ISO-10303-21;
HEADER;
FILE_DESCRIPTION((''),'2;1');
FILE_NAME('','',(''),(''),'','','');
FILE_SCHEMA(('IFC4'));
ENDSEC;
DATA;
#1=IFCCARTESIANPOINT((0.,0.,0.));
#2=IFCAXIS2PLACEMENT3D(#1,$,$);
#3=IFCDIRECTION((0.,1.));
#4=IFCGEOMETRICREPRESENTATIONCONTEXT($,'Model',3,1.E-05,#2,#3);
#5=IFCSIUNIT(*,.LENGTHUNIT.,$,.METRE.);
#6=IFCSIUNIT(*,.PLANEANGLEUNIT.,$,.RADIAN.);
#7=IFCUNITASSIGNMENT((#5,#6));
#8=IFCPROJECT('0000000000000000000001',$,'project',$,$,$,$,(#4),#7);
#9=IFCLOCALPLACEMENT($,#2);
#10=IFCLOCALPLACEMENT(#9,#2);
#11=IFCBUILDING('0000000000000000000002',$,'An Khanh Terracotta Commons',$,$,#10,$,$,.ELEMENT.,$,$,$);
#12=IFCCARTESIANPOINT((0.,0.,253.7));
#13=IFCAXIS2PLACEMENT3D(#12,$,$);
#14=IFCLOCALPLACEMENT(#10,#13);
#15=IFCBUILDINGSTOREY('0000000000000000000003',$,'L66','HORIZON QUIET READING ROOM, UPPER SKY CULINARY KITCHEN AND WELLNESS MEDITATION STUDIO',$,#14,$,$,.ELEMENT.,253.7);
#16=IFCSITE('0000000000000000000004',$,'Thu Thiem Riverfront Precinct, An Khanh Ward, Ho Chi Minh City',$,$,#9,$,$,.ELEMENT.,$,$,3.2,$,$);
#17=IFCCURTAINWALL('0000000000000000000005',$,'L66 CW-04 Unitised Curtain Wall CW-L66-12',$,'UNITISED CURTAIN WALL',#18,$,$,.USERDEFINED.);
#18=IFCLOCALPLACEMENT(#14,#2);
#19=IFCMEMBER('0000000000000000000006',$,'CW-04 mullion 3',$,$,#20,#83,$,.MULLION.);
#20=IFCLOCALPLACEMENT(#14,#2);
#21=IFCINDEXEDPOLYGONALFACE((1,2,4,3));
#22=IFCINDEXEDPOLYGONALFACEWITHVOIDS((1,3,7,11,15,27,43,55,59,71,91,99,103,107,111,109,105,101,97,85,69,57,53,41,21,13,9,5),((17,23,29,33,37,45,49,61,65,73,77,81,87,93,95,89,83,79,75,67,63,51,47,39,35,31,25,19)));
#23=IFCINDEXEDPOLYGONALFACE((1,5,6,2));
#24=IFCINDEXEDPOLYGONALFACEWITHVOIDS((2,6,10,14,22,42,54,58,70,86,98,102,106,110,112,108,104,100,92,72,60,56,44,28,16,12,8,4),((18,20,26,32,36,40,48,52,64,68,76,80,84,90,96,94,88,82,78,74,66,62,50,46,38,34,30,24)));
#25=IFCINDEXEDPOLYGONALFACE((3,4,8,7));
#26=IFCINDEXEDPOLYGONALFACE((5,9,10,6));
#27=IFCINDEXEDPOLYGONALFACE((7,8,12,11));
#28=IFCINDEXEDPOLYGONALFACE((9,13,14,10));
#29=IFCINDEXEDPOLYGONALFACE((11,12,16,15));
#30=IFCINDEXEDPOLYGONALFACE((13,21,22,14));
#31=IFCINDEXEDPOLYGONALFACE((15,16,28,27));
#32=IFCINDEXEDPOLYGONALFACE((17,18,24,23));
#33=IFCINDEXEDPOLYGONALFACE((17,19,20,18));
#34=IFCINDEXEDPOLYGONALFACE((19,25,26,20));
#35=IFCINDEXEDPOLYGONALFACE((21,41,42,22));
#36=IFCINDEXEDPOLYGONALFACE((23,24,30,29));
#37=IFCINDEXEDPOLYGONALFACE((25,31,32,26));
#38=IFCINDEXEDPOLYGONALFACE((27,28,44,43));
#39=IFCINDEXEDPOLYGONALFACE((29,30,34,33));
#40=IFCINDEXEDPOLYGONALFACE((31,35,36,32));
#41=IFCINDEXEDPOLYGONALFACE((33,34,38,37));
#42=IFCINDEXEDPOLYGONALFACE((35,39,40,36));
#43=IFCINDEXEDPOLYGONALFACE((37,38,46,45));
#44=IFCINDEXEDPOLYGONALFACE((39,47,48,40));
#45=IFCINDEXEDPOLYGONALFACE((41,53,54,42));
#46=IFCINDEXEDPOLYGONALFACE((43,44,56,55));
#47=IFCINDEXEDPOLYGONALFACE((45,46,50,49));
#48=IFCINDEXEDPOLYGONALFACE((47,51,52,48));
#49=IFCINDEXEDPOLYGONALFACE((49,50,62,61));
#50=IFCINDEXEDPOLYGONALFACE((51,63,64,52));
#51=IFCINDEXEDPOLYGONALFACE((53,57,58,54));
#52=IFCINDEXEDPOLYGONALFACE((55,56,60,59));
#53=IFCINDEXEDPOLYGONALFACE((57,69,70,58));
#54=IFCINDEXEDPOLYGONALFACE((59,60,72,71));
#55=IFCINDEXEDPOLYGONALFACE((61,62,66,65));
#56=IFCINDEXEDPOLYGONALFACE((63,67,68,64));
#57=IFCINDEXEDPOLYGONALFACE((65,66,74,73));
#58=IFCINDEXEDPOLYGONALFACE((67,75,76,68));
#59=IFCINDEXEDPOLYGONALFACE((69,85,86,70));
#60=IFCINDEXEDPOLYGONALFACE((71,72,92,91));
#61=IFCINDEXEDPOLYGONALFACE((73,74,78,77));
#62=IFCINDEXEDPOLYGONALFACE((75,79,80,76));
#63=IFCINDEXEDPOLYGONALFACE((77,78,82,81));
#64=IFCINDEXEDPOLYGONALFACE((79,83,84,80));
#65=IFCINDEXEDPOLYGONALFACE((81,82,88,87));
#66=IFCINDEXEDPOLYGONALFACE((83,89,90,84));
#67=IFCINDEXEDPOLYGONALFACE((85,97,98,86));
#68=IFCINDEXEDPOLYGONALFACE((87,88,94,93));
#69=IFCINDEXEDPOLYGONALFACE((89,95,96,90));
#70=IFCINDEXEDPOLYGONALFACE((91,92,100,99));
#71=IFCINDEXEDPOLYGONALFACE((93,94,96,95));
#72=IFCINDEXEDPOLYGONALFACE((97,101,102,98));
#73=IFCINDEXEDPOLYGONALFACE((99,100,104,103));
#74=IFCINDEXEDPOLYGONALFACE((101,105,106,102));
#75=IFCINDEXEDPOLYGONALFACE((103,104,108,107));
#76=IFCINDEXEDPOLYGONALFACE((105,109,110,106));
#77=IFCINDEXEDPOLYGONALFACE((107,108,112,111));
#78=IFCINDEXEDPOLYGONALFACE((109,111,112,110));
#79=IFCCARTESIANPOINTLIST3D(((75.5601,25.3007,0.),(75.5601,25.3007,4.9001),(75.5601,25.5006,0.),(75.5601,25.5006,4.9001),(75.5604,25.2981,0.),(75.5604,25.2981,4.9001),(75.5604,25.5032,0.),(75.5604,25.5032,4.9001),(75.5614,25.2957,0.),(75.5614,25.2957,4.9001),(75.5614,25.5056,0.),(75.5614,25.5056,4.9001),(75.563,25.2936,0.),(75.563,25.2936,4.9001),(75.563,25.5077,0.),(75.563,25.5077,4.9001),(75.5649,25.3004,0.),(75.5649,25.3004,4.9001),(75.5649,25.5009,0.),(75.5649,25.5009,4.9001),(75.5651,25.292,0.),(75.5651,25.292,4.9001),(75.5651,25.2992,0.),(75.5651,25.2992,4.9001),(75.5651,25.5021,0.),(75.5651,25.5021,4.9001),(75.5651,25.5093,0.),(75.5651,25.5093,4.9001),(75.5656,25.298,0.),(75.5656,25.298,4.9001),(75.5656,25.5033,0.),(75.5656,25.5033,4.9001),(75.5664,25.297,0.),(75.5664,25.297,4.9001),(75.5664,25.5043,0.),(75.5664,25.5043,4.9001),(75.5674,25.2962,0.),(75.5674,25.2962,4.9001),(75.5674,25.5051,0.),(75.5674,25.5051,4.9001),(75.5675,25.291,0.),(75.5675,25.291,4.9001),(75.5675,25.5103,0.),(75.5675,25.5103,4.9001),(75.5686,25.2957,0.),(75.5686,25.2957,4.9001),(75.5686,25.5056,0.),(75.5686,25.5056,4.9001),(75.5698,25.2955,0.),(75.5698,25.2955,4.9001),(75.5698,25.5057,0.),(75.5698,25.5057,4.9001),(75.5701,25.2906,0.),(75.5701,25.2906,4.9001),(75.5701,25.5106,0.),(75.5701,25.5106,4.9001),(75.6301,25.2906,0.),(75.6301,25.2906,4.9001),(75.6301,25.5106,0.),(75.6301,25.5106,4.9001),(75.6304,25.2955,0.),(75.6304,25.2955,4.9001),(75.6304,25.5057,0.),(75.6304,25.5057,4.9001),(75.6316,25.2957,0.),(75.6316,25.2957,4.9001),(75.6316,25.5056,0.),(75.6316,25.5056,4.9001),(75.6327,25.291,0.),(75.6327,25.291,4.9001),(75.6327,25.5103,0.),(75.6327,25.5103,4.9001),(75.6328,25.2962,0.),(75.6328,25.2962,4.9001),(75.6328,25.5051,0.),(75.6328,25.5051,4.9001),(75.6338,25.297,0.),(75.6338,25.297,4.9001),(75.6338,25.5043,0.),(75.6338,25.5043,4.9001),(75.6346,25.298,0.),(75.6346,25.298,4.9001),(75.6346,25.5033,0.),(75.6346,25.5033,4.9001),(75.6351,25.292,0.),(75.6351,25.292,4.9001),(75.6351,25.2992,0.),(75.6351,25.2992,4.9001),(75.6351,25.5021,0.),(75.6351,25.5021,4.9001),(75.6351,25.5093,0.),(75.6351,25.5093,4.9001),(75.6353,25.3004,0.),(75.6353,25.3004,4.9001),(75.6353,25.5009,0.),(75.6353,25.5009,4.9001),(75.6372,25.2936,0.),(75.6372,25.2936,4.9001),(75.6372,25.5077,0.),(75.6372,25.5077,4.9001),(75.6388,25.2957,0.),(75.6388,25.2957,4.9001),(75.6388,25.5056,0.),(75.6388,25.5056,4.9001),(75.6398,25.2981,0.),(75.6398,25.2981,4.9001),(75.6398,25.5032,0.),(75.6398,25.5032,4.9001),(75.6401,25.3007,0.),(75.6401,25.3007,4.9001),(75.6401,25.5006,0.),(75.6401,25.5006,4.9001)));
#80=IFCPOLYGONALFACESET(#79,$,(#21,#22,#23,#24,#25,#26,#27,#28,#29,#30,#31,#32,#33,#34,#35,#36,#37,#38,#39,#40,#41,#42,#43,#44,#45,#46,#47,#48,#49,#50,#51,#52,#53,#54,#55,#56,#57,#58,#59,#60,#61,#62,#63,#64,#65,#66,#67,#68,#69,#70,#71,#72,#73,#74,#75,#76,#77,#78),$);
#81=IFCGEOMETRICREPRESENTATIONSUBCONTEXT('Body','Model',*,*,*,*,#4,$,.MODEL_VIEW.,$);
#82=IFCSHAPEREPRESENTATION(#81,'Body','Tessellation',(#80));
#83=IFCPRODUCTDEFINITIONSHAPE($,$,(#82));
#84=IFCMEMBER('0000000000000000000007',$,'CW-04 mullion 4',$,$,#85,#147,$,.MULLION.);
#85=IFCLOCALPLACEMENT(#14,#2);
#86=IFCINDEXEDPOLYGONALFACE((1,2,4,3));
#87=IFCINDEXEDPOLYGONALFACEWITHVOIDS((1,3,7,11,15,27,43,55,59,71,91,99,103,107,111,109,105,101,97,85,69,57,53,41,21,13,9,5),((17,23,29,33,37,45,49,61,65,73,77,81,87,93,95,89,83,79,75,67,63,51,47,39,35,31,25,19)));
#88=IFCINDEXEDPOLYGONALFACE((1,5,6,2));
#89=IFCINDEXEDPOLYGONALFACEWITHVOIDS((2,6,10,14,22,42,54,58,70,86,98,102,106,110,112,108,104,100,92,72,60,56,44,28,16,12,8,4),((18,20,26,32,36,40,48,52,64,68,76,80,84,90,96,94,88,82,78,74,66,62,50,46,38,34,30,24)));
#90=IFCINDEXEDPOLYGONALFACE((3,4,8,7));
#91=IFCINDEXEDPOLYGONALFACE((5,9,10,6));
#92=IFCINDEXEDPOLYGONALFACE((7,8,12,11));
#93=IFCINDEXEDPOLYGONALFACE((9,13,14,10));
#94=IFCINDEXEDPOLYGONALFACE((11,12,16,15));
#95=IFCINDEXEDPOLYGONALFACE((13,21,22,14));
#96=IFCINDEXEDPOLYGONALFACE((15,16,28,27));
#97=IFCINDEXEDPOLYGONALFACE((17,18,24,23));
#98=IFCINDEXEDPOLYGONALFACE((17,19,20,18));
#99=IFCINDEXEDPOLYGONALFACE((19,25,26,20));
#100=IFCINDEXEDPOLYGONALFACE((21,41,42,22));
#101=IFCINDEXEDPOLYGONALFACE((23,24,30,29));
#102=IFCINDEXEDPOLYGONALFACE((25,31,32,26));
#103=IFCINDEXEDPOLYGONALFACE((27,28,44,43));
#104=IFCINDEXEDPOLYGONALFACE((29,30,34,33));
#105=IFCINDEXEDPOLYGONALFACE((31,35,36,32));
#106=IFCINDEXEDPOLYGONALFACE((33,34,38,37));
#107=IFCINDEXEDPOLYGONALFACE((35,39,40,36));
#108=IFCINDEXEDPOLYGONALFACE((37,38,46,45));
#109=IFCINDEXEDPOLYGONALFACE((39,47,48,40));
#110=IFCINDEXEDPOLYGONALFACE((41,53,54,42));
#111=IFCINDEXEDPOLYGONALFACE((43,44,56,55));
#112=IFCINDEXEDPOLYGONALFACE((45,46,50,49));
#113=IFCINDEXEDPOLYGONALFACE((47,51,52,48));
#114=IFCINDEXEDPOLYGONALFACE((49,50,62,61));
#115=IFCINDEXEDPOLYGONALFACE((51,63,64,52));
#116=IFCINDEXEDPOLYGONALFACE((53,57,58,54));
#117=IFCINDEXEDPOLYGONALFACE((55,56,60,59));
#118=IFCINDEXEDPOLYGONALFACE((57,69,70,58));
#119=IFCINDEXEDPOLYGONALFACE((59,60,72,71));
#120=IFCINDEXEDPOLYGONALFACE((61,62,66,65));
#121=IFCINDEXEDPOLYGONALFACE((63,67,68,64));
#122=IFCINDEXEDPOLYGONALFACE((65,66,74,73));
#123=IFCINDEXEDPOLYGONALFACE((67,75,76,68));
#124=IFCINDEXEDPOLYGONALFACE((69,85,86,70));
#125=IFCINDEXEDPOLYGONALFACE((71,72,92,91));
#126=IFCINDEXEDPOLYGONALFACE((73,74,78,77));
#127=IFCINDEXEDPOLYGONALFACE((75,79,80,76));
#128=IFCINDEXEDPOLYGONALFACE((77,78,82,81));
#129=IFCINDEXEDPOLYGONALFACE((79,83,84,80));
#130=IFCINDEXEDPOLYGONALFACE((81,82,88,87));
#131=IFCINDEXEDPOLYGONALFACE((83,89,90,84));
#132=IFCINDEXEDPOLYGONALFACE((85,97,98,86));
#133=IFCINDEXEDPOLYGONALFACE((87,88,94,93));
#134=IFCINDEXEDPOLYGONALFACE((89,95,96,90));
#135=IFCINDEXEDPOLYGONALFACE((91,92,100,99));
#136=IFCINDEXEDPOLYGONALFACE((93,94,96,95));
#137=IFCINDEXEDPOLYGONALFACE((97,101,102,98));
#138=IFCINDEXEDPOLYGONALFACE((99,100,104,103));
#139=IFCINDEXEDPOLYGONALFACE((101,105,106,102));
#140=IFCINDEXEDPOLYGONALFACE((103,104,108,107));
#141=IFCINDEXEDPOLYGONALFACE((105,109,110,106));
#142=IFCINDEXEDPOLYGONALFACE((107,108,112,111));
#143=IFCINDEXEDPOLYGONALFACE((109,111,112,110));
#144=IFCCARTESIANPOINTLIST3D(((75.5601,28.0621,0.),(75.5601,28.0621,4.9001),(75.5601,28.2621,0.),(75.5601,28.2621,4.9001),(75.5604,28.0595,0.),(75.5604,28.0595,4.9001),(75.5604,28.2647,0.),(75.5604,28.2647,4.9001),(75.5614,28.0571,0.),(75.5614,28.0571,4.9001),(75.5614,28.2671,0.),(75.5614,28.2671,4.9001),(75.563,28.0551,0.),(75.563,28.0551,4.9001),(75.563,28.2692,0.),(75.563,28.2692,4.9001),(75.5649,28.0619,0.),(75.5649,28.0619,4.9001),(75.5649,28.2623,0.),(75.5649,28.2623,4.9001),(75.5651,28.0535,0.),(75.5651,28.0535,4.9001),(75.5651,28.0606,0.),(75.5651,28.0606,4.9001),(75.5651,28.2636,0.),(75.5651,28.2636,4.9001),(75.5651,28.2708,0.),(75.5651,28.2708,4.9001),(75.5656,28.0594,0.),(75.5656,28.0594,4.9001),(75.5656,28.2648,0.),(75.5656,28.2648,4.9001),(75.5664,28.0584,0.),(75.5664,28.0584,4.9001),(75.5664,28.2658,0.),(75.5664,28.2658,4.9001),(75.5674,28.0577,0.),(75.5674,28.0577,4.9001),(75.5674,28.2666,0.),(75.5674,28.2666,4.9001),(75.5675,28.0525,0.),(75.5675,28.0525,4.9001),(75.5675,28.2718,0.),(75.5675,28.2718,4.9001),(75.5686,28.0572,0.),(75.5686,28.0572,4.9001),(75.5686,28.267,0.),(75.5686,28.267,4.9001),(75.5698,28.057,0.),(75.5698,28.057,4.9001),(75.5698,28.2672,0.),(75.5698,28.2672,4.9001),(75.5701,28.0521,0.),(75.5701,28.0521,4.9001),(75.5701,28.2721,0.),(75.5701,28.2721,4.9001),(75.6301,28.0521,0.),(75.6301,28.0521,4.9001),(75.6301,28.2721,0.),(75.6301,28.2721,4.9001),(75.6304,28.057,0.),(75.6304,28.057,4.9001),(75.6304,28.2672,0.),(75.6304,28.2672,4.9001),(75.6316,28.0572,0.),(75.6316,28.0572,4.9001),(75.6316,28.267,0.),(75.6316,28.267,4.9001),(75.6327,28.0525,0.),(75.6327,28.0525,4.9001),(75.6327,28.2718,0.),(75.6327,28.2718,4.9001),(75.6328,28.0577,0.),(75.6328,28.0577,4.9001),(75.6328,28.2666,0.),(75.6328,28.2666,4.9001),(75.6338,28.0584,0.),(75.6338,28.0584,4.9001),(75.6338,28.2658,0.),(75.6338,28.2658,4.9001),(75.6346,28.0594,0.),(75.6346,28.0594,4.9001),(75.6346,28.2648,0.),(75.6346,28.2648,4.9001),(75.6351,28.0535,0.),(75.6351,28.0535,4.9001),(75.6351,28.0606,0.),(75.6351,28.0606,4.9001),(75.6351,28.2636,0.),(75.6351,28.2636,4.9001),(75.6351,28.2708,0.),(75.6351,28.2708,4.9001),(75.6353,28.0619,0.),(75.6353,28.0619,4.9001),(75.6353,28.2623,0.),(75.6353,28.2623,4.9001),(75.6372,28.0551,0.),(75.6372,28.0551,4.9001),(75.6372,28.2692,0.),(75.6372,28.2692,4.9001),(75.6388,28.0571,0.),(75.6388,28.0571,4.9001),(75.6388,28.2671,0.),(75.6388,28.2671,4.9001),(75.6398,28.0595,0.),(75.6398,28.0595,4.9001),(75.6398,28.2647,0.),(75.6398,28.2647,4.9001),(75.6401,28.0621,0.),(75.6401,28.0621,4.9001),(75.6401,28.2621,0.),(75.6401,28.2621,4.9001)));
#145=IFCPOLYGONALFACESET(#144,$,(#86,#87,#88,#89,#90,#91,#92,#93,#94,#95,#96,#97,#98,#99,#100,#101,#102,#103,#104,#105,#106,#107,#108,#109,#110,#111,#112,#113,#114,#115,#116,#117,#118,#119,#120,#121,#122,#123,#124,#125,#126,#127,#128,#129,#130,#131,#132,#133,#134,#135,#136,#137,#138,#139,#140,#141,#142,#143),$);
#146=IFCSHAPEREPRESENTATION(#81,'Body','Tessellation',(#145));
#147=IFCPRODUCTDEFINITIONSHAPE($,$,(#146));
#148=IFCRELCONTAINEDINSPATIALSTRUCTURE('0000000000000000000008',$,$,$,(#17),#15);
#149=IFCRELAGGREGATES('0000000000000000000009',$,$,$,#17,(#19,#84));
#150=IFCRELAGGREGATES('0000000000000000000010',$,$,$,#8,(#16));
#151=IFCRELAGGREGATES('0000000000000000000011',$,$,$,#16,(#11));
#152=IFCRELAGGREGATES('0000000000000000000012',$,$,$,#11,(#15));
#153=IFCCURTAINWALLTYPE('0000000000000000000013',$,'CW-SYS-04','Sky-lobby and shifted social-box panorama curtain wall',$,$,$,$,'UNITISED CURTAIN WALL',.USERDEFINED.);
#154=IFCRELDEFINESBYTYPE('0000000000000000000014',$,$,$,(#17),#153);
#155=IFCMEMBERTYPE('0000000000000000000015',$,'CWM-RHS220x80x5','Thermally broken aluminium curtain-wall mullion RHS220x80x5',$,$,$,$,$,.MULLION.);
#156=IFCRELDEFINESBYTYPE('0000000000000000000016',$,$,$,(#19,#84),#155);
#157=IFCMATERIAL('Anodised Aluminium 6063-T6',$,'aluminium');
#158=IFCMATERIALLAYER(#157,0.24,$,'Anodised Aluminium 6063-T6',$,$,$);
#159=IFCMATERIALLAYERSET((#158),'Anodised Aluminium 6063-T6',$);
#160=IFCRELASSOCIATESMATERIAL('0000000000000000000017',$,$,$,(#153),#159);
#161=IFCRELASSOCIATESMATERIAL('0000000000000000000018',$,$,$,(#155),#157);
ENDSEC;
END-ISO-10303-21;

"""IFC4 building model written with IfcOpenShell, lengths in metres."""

from ifc_helpers import new_model, si_unit, direction, frame, origin, origin_2d, place, context, subcontext, project, spatial, hollow_rectangle, extrude, material, layer, layer_set, material_profile, profile_set, type_object, element, aggregate, save


model = new_model("IFC4")

# Units and contexts
model_context = context("Model", 3, precision=1e-05, world=origin(), true_north=direction((0.0, 1.0)))
body_context = subcontext(model_context, "Body", "Model", "MODEL_VIEW")
ifc_project = project(units=[si_unit("LENGTHUNIT", "METRE"), si_unit("PLANEANGLEUNIT", "RADIAN")], contexts=[model_context])

# Site, building, storey
site_placement = place(None, origin())
site = spatial("IfcSite", under=ifc_project, at=site_placement, Name="Thu Thiem Riverfront Precinct, An Khanh Ward, Ho Chi Minh City", CompositionType="ELEMENT", RefElevation=3.2)
building_placement = place(site_placement, origin())
building = spatial("IfcBuilding", under=site, at=building_placement, Name="An Khanh Terracotta Commons", CompositionType="ELEMENT")
storey_placement = place(building_placement, frame((0.0, 0.0, 253.7)))
storey = spatial("IfcBuildingStorey", under=building, at=storey_placement, Name="L66", Description="HORIZON QUIET READING ROOM, UPPER SKY CULINARY KITCHEN AND WELLNESS MEDITATION STUDIO", CompositionType="ELEMENT", Elevation=253.7)

# Curtain wall, members
ifc_material_1 = material(Name="Anodised Aluminium 6063-T6", Category="aluminium")
ifc_layer_1 = layer(ifc_material_1, 0.24, Name="Anodised Aluminium 6063-T6")
ifc_layer_set_1 = layer_set([ifc_layer_1], Name="Anodised Aluminium 6063-T6")
curtain_wall_type = type_object("IfcCurtainWallType", Name="CW-SYS-04", Description="Sky-lobby and shifted social-box panorama curtain wall", ElementType="UNITISED CURTAIN WALL", PredefinedType="USERDEFINED", material=ifc_layer_set_1)
curtain_wall_1_placement = place(storey_placement, origin())
curtain_wall_1 = element("IfcCurtainWall", 1, at=curtain_wall_1_placement, inside=storey, type_object=curtain_wall_type, Name="L66 CW-04 Unitised Curtain Wall CW-L66-12", ObjectType="UNITISED CURTAIN WALL", PredefinedType="USERDEFINED")
ifc_material_profile_1 = material_profile(ifc_material_1, hollow_rectangle(XDim=0.0801, YDim=0.22, WallThickness=0.0049, InnerFilletRadius=0.0049, OuterFilletRadius=0.01, at=origin_2d()), Name="RHS220x80x5")
ifc_profile_set_1 = profile_set([ifc_material_profile_1], Name="Anodised Aluminium 6063-T6")
member_type_1 = type_object("IfcMemberType", Name="CWM-RHS220x80x5", Description="Thermally broken aluminium curtain-wall mullion RHS220x80x5", PredefinedType="MULLION", material=ifc_profile_set_1)
member_1_placement = place(storey_placement, frame((75.6001, 25.4006, 0.0), z_axis=(0.0, 0.0, 1.0), x_axis=(-1.0, 0.0, 0.0)))
member_1 = element("IfcMember", 2, at=member_1_placement, type_object=member_type_1, Name="CW-04 mullion 3", PredefinedType="MULLION", context=body_context, shape_type="SweptSolid", body=[
    extrude(hollow_rectangle(XDim=0.0801, YDim=0.22, WallThickness=0.0049, InnerFilletRadius=0.0049, OuterFilletRadius=0.01, at=origin_2d()), origin(), (0.0, 0.0, 1.0), 4.9001),
])
member_2_placement = place(storey_placement, frame((75.6001, 28.1621, 0.0), z_axis=(0.0, 0.0, 1.0), x_axis=(-1.0, 0.0, 0.0)))
member_2 = element("IfcMember", 3, at=member_2_placement, type_object=member_type_1, Name="CW-04 mullion 4", PredefinedType="MULLION", context=body_context, shape_type="SweptSolid", body=[
    extrude(hollow_rectangle(XDim=0.0801, YDim=0.22, WallThickness=0.0049, InnerFilletRadius=0.0049, OuterFilletRadius=0.01, at=origin_2d()), origin(), (0.0, 0.0, 1.0), 4.9001),
])

aggregate(curtain_wall_1, [member_1, member_2])

save(model, "model.ifc")
